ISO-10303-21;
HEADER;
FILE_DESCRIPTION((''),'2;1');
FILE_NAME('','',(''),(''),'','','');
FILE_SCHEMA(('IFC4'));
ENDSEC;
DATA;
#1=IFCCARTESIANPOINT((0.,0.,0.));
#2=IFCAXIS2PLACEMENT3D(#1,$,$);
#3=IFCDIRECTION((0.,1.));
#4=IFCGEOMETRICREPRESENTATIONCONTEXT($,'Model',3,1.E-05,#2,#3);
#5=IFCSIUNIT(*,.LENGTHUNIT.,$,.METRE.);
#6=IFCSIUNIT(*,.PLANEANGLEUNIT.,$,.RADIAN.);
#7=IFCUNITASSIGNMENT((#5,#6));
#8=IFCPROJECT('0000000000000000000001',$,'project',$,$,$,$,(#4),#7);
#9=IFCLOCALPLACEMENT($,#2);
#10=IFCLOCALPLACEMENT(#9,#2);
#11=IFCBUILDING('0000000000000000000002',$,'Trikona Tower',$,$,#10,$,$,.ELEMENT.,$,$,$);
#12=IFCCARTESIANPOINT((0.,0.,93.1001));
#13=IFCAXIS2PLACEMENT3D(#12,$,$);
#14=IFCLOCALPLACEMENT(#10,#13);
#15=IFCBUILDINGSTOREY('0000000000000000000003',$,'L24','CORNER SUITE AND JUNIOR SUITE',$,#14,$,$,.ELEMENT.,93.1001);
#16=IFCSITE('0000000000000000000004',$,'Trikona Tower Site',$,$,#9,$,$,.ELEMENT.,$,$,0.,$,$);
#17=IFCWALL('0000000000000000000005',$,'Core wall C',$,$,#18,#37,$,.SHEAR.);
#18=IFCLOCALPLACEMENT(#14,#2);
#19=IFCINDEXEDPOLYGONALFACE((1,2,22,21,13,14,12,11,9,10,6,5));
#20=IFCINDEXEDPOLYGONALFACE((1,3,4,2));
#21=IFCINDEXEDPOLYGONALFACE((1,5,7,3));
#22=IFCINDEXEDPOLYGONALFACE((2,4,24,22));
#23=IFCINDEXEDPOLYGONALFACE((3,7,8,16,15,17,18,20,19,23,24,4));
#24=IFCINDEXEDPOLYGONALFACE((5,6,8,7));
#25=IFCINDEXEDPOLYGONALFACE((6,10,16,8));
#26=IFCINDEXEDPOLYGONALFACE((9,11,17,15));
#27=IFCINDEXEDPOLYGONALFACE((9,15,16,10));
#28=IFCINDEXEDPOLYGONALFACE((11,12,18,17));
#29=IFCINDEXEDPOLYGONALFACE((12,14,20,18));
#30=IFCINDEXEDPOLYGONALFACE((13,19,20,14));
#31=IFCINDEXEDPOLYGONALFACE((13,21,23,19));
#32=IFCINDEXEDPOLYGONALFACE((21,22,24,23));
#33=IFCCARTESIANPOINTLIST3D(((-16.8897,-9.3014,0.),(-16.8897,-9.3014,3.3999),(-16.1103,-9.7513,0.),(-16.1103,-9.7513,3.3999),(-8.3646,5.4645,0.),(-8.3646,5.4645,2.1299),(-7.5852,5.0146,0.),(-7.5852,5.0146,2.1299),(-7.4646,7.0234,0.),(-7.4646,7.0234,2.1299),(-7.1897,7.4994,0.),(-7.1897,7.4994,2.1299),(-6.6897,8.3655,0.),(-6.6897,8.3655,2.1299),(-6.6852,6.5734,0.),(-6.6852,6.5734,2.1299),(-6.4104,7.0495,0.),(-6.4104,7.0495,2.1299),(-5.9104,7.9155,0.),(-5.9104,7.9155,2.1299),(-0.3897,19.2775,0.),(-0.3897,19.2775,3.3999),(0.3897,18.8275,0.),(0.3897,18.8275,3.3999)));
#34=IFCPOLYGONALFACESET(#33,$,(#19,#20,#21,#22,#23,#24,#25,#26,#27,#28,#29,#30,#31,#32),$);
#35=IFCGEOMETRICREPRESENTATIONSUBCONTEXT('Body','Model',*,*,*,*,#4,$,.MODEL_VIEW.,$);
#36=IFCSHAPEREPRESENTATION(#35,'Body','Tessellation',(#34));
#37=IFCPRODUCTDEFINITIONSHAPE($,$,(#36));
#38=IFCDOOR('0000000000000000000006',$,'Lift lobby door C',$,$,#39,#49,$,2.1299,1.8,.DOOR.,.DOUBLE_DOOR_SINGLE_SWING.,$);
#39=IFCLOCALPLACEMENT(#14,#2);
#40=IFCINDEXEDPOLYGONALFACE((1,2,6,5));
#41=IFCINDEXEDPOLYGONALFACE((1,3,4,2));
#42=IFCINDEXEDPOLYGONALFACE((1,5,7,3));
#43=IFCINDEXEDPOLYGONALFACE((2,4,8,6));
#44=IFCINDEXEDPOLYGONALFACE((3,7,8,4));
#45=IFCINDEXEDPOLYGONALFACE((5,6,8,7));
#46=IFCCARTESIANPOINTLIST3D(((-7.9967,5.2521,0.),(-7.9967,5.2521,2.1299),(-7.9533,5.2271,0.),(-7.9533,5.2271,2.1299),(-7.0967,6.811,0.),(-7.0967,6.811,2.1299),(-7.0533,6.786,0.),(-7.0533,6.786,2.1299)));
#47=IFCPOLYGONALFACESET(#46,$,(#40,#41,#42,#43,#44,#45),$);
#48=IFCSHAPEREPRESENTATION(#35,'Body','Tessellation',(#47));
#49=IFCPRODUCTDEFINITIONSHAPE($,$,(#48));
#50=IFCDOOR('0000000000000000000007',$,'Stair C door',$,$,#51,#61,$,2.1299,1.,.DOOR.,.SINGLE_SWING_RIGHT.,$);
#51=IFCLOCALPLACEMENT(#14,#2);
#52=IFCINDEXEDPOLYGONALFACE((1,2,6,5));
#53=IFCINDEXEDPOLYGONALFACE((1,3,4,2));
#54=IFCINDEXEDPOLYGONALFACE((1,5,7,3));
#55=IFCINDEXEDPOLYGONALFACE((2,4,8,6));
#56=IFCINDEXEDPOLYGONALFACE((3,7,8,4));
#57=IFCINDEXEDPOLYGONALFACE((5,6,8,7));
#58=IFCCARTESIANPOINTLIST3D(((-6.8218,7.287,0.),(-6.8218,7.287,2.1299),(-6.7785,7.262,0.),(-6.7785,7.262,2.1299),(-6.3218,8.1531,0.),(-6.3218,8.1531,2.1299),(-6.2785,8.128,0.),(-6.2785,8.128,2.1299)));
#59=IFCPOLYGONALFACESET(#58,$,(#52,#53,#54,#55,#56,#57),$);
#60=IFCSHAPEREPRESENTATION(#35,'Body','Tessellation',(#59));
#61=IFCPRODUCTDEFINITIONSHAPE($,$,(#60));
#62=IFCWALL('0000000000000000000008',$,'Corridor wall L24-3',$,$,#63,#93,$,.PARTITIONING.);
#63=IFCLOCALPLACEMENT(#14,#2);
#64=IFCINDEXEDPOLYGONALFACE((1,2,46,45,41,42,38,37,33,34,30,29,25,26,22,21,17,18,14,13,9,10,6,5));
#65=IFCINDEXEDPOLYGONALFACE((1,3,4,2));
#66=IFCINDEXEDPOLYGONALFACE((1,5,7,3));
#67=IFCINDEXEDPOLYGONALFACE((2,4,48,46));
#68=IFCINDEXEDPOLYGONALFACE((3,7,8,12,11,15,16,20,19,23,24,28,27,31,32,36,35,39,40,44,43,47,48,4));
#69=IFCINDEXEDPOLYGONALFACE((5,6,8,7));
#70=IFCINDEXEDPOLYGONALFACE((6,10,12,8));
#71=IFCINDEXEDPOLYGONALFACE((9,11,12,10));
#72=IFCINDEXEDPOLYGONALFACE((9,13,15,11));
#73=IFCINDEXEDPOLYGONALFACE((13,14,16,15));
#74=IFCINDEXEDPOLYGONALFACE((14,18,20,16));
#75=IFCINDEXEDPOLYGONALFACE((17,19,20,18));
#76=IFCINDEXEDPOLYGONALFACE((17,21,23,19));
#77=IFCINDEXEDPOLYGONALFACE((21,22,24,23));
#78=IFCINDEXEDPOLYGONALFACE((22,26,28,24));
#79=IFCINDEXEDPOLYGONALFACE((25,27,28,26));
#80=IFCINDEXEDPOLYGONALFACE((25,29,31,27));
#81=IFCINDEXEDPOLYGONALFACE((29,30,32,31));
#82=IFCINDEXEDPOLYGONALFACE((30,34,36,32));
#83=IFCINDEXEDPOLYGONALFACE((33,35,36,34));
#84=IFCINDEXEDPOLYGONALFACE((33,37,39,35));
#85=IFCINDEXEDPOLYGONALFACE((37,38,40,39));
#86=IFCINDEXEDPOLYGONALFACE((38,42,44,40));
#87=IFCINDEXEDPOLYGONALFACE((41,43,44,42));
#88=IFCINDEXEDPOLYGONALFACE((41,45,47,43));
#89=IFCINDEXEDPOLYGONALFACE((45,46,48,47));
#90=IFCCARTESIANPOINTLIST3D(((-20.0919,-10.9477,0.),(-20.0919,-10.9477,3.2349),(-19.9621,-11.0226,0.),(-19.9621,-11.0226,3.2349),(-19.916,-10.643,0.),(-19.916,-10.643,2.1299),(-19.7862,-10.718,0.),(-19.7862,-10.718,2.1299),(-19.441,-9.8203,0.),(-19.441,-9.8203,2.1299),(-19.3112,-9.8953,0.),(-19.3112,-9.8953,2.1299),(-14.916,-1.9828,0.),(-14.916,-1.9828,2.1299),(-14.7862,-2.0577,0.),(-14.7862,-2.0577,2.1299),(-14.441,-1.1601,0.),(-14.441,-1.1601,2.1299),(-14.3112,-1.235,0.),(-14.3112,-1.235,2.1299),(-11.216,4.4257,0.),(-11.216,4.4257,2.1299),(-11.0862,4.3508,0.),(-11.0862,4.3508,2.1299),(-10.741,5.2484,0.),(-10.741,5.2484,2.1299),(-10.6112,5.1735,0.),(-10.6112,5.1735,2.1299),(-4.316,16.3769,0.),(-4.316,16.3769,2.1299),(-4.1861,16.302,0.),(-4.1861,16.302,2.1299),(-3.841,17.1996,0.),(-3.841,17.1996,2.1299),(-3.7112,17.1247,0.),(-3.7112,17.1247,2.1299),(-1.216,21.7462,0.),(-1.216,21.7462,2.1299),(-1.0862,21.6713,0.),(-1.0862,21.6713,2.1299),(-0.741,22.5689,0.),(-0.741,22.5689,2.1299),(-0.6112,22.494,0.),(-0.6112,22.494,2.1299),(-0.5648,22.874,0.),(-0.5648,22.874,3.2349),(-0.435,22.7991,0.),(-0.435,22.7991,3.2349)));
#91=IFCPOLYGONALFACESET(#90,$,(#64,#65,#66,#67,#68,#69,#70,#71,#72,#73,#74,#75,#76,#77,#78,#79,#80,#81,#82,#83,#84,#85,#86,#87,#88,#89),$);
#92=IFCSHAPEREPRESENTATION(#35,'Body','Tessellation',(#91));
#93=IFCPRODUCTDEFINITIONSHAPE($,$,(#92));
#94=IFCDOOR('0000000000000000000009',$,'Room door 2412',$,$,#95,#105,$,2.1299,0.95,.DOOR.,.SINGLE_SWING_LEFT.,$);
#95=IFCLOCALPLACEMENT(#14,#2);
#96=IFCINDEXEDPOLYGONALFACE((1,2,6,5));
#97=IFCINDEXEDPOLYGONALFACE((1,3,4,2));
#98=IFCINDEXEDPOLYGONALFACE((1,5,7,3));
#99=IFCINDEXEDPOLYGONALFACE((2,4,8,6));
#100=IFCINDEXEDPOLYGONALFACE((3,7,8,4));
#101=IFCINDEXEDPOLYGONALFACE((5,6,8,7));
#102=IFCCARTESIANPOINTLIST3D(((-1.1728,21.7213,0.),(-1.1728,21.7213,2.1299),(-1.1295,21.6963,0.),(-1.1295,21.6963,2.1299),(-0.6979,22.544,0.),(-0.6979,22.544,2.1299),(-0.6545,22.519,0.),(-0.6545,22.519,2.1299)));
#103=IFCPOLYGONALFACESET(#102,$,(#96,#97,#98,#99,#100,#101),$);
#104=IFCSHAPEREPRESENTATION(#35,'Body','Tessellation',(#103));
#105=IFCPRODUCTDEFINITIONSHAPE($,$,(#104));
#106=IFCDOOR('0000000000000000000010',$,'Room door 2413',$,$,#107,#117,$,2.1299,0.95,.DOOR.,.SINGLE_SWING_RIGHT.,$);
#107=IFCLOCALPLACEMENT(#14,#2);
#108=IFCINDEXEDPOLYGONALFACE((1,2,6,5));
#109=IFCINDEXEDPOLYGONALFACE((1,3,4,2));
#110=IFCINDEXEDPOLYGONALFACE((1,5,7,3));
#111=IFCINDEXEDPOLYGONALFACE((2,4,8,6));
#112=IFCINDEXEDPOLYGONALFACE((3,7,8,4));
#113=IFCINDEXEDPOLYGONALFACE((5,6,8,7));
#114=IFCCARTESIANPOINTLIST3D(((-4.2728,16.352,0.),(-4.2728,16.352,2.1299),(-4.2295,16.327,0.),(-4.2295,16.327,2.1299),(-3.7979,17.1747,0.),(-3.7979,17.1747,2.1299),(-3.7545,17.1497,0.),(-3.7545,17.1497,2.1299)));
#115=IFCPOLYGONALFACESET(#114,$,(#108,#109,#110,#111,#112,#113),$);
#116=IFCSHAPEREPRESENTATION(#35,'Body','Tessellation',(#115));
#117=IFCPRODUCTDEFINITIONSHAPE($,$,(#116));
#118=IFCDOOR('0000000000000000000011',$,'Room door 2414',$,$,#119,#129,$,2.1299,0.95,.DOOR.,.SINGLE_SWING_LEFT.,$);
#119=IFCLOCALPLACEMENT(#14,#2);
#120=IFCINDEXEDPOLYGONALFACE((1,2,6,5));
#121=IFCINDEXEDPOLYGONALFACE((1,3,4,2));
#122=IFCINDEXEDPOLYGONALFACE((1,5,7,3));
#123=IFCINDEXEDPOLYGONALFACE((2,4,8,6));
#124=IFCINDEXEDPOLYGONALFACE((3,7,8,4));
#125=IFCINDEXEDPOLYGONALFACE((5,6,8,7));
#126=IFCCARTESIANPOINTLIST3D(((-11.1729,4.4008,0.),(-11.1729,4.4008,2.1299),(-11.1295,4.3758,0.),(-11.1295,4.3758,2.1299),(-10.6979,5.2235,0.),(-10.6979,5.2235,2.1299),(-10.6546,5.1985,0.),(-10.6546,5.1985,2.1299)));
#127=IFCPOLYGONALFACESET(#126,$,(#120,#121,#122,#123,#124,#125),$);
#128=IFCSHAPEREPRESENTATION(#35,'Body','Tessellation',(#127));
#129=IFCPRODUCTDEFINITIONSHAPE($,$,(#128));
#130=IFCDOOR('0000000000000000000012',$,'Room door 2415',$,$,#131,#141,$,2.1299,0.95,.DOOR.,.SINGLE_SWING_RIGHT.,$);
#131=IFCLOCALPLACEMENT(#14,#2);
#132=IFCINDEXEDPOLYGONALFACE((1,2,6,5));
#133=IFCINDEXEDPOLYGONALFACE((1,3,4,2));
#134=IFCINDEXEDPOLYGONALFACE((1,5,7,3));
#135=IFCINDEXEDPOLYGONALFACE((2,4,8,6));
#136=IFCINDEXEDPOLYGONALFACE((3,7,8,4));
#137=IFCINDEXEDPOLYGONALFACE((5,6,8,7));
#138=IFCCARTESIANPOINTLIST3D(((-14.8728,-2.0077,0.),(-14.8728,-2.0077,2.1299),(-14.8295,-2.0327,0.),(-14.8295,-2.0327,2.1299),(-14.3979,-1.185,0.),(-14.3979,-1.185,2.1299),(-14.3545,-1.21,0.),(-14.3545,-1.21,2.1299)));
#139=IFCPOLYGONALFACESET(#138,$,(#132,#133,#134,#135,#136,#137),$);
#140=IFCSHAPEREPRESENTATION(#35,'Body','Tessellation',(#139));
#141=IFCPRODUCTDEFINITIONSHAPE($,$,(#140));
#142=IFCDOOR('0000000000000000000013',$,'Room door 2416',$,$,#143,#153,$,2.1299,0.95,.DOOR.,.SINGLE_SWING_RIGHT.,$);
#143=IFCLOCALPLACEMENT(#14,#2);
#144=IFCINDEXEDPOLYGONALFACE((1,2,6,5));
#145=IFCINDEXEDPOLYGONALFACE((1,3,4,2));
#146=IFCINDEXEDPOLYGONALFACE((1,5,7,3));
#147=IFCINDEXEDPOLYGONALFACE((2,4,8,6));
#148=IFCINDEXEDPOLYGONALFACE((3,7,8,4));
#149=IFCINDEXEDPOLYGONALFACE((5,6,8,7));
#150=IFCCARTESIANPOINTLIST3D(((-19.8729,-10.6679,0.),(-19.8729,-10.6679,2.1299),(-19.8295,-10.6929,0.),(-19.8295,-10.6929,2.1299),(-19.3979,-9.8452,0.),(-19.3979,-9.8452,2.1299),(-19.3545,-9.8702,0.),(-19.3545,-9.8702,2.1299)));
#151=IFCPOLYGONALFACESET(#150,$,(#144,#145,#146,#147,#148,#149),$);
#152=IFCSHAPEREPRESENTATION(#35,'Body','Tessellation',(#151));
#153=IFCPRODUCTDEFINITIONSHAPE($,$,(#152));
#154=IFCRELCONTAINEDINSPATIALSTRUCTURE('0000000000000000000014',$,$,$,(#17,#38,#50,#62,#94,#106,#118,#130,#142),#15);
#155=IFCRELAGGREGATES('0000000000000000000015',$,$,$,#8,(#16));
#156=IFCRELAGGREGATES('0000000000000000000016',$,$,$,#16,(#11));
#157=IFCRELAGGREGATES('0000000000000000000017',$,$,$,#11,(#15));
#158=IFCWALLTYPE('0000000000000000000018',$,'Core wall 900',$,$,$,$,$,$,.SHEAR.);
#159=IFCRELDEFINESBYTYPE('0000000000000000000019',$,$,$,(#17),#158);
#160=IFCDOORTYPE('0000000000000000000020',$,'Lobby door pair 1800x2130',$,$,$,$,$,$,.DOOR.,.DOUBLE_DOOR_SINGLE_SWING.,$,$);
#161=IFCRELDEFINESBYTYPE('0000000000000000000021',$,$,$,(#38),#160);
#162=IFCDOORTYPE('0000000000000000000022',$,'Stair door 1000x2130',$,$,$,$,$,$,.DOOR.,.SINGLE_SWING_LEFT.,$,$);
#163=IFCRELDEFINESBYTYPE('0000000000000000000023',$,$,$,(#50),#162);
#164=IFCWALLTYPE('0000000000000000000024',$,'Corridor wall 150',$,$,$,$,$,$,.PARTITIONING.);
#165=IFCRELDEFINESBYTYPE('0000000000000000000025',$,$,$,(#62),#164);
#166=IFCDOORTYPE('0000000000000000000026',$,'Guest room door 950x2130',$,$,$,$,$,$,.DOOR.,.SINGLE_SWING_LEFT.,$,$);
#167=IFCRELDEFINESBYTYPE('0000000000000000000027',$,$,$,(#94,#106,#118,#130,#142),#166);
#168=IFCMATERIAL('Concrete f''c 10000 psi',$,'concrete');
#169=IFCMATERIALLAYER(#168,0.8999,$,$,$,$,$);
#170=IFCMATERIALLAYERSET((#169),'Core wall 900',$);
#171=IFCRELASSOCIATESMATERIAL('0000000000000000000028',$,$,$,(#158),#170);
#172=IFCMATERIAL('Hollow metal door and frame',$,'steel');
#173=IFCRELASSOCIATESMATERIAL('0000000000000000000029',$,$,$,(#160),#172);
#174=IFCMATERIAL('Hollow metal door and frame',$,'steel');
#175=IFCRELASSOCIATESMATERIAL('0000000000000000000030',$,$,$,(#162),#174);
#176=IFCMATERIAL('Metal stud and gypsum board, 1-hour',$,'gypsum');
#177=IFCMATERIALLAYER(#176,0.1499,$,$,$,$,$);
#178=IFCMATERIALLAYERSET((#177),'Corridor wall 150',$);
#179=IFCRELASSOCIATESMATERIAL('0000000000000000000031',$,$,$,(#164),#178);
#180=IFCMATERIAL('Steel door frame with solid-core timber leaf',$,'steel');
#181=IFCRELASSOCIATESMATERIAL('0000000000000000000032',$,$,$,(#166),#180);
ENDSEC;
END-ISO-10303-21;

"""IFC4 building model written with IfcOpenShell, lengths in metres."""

from ifc_helpers import new_model, si_unit, direction, frame, frame_2d, origin, place, context, subcontext, project, spatial, rectangle, extrude, material, layer, layer_set, type_object, element, fill, save


model = new_model("IFC4")

# Units and contexts
model_context = context("Model", 3, precision=1e-05, world=origin(), true_north=direction((0.0, 1.0)))
body_context = subcontext(model_context, "Body", "Model", "MODEL_VIEW")
ifc_project = project(units=[si_unit("LENGTHUNIT", "METRE"), si_unit("PLANEANGLEUNIT", "RADIAN")], contexts=[model_context])

# Site, building, storey
site_placement = place(None, origin())
site = spatial("IfcSite", under=ifc_project, at=site_placement, Name="Trikona Tower Site", CompositionType="ELEMENT", RefElevation=0.0)
building_placement = place(site_placement, origin())
building = spatial("IfcBuilding", under=site, at=building_placement, Name="Trikona Tower", CompositionType="ELEMENT")
storey_placement = place(building_placement, frame((0.0, 0.0, 93.1001)))
storey = spatial("IfcBuildingStorey", under=building, at=storey_placement, Name="L24", Description="CORNER SUITE AND JUNIOR SUITE", CompositionType="ELEMENT", Elevation=93.1001)

# Walls, openings, doors
ifc_material_1 = material(Name="Concrete f'c 10000 psi", Category="concrete")
ifc_layer_1 = layer(ifc_material_1, 0.8999)
ifc_layer_set_1 = layer_set([ifc_layer_1], Name="Core wall 900")
wall_type_1 = type_object("IfcWallType", Name="Core wall 900", PredefinedType="SHEAR", material=ifc_layer_set_1)
wall_1_placement = place(storey_placement, frame((0.0, 19.0525, 0.0), z_axis=(0.0, 0.0, 1.0), x_axis=(-0.5, -0.866026, 0.0)))
wall_1 = element("IfcWall", 1, at=wall_1_placement, inside=storey, type_object=wall_type_1, Name="Core wall C", PredefinedType="SHEAR", context=body_context, shape_type="SweptSolid", body=[
    extrude(rectangle(XDim=33.0, YDim=0.8999, at=frame_2d((16.5, 0.0))), origin(), (0.0, 0.0, 1.0), 3.3999),
])
opening_1_placement = place(wall_1_placement, frame((14.1499, 0.0, 0.0)))
opening_1 = element("IfcOpeningElement", 2, at=opening_1_placement, cuts=wall_1, PredefinedType="OPENING", context=body_context, shape_type="SweptSolid", body=[
    extrude(rectangle(XDim=1.8, YDim=2.1299, at=frame_2d((0.8999, 1.0649))), frame((0.0, 0.46, 0.0), z_axis=(0.0, -1.0, 0.0), x_axis=(1.0, 0.0, 0.0)), (0.0, 0.0, 1.0), 0.9199),
])
opening_2_placement = place(wall_1_placement, frame((12.6001, 0.0, 0.0)))
opening_2 = element("IfcOpeningElement", 3, at=opening_2_placement, cuts=wall_1, PredefinedType="OPENING", context=body_context, shape_type="SweptSolid", body=[
    extrude(rectangle(XDim=1.0, YDim=2.1299, at=frame_2d((0.5, 1.0649))), frame((0.0, 0.46, 0.0), z_axis=(0.0, -1.0, 0.0), x_axis=(1.0, 0.0, 0.0)), (0.0, 0.0, 1.0), 0.9199),
])
ifc_material_2 = material(Name="Hollow metal door and frame", Category="steel")
door_type_1 = type_object("IfcDoorType", Name="Lobby door pair 1800x2130", OperationType="DOUBLE_DOOR_SINGLE_SWING", PredefinedType="DOOR", material=ifc_material_2)
door_1_placement = place(opening_1_placement, origin())
door_1 = element("IfcDoor", 4, at=door_1_placement, inside=storey, type_object=door_type_1, Name="Lift lobby door C", OperationType="DOUBLE_DOOR_SINGLE_SWING", OverallHeight=2.1299, OverallWidth=1.8, PredefinedType="DOOR", context=body_context, shape_type="SweptSolid", body=[
    extrude(rectangle(XDim=1.8, YDim=2.1299, at=frame_2d((0.8999, 1.0649))), frame((0.0, 0.0249, 0.0), z_axis=(0.0, -1.0, 0.0), x_axis=(1.0, 0.0, 0.0)), (0.0, 0.0, 1.0), 0.05),
])
fill(opening_1, door_1)
ifc_material_3 = material(Name="Hollow metal door and frame", Category="steel")
door_type_2 = type_object("IfcDoorType", Name="Stair door 1000x2130", OperationType="SINGLE_SWING_LEFT", PredefinedType="DOOR", material=ifc_material_3)
door_2_placement = place(opening_2_placement, origin())
door_2 = element("IfcDoor", 5, at=door_2_placement, inside=storey, type_object=door_type_2, Name="Stair C door", OperationType="SINGLE_SWING_RIGHT", OverallHeight=2.1299, OverallWidth=1.0, PredefinedType="DOOR", context=body_context, shape_type="SweptSolid", body=[
    extrude(rectangle(XDim=1.0, YDim=2.1299, at=frame_2d((0.5, 1.0649))), frame((0.0, 0.0249, 0.0), z_axis=(0.0, -1.0, 0.0), x_axis=(1.0, 0.0, 0.0)), (0.0, 0.0, 1.0), 0.05),
])
fill(opening_2, door_2)
ifc_material_4 = material(Name="Metal stud and gypsum board, 1-hour", Category="gypsum")
ifc_layer_2 = layer(ifc_material_4, 0.1499)
ifc_layer_set_2 = layer_set([ifc_layer_2], Name="Corridor wall 150")
wall_type_2 = type_object("IfcWallType", Name="Corridor wall 150", PredefinedType="PARTITIONING", material=ifc_layer_set_2)
wall_2_placement = place(storey_placement, frame((-0.5, 22.8364, 0.0), z_axis=(0.0, 0.0, 1.0), x_axis=(-0.500002, -0.866024, 0.0)))
wall_2 = element("IfcWall", 6, at=wall_2_placement, inside=storey, type_object=wall_type_2, Name="Corridor wall L24-3", PredefinedType="PARTITIONING", context=body_context, shape_type="SweptSolid", body=[
    extrude(rectangle(XDim=39.054, YDim=0.1499, at=frame_2d((19.5269, 0.0))), origin(), (0.0, 0.0, 1.0), 3.2349),
])
opening_3_placement = place(wall_2_placement, frame((0.3521, 0.0, 0.0)))
opening_3 = element("IfcOpeningElement", 7, at=opening_3_placement, cuts=wall_2, PredefinedType="OPENING", context=body_context, shape_type="SweptSolid", body=[
    extrude(rectangle(XDim=0.95, YDim=2.1299, at=frame_2d((0.4751, 1.0649))), frame((0.0, 0.085, 0.0), z_axis=(0.0, -1.0, 0.0), x_axis=(1.0, 0.0, 0.0)), (0.0, 0.0, 1.0), 0.1699),
])
opening_4_placement = place(wall_2_placement, frame((6.552, 0.0, 0.0)))
opening_4 = element("IfcOpeningElement", 8, at=opening_4_placement, cuts=wall_2, PredefinedType="OPENING", context=body_context, shape_type="SweptSolid", body=[
    extrude(rectangle(XDim=0.95, YDim=2.1299, at=frame_2d((0.4751, 1.0649))), frame((0.0, 0.085, 0.0), z_axis=(0.0, -1.0, 0.0), x_axis=(1.0, 0.0, 0.0)), (0.0, 0.0, 1.0), 0.1699),
])
opening_5_placement = place(wall_2_placement, frame((20.3521, 0.0, 0.0)))
opening_5 = element("IfcOpeningElement", 9, at=opening_5_placement, cuts=wall_2, PredefinedType="OPENING", context=body_context, shape_type="SweptSolid", body=[
    extrude(rectangle(XDim=0.95, YDim=2.1299, at=frame_2d((0.4751, 1.0649))), frame((0.0, 0.085, 0.0), z_axis=(0.0, -1.0, 0.0), x_axis=(1.0, 0.0, 0.0)), (0.0, 0.0, 1.0), 0.1699),
])
opening_6_placement = place(wall_2_placement, frame((27.752, 0.0, 0.0)))
opening_6 = element("IfcOpeningElement", 10, at=opening_6_placement, cuts=wall_2, PredefinedType="OPENING", context=body_context, shape_type="SweptSolid", body=[
    extrude(rectangle(XDim=0.95, YDim=2.1299, at=frame_2d((0.4751, 1.0649))), frame((0.0, 0.085, 0.0), z_axis=(0.0, -1.0, 0.0), x_axis=(1.0, 0.0, 0.0)), (0.0, 0.0, 1.0), 0.1699),
])
opening_7_placement = place(wall_2_placement, frame((37.752, 0.0, 0.0)))
opening_7 = element("IfcOpeningElement", 11, at=opening_7_placement, cuts=wall_2, PredefinedType="OPENING", context=body_context, shape_type="SweptSolid", body=[
    extrude(rectangle(XDim=0.95, YDim=2.1299, at=frame_2d((0.4751, 1.0649))), frame((0.0, 0.085, 0.0), z_axis=(0.0, -1.0, 0.0), x_axis=(1.0, 0.0, 0.0)), (0.0, 0.0, 1.0), 0.1699),
])
ifc_material_5 = material(Name="Steel door frame with solid-core timber leaf", Category="steel")
door_type_3 = type_object("IfcDoorType", Name="Guest room door 950x2130", OperationType="SINGLE_SWING_LEFT", PredefinedType="DOOR", material=ifc_material_5)
door_3_placement = place(opening_3_placement, origin())
door_3 = element("IfcDoor", 12, at=door_3_placement, inside=storey, type_object=door_type_3, Name="Room door 2412", OperationType="SINGLE_SWING_LEFT", OverallHeight=2.1299, OverallWidth=0.95, PredefinedType="DOOR", context=body_context, shape_type="SweptSolid", body=[
    extrude(rectangle(XDim=0.95, YDim=2.1299, at=frame_2d((0.4751, 1.0649))), frame((0.0, 0.0249, 0.0), z_axis=(0.0, -1.0, 0.0), x_axis=(1.0, 0.0, 0.0)), (0.0, 0.0, 1.0), 0.05),
])
fill(opening_3, door_3)
door_4_placement = place(opening_4_placement, origin())
door_4 = element("IfcDoor", 13, at=door_4_placement, inside=storey, type_object=door_type_3, Name="Room door 2413", OperationType="SINGLE_SWING_RIGHT", OverallHeight=2.1299, OverallWidth=0.95, PredefinedType="DOOR", context=body_context, shape_type="SweptSolid", body=[
    extrude(rectangle(XDim=0.95, YDim=2.1299, at=frame_2d((0.4751, 1.0649))), frame((0.0, 0.0249, 0.0), z_axis=(0.0, -1.0, 0.0), x_axis=(1.0, 0.0, 0.0)), (0.0, 0.0, 1.0), 0.05),
])
fill(opening_4, door_4)
door_5_placement = place(opening_5_placement, origin())
door_5 = element("IfcDoor", 14, at=door_5_placement, inside=storey, type_object=door_type_3, Name="Room door 2414", OperationType="SINGLE_SWING_LEFT", OverallHeight=2.1299, OverallWidth=0.95, PredefinedType="DOOR", context=body_context, shape_type="SweptSolid", body=[
    extrude(rectangle(XDim=0.95, YDim=2.1299, at=frame_2d((0.4751, 1.0649))), frame((0.0, 0.0249, 0.0), z_axis=(0.0, -1.0, 0.0), x_axis=(1.0, 0.0, 0.0)), (0.0, 0.0, 1.0), 0.05),
])
fill(opening_5, door_5)
door_6_placement = place(opening_6_placement, origin())
door_6 = element("IfcDoor", 15, at=door_6_placement, inside=storey, type_object=door_type_3, Name="Room door 2415", OperationType="SINGLE_SWING_RIGHT", OverallHeight=2.1299, OverallWidth=0.95, PredefinedType="DOOR", context=body_context, shape_type="SweptSolid", body=[
    extrude(rectangle(XDim=0.95, YDim=2.1299, at=frame_2d((0.4751, 1.0649))), frame((0.0, 0.0249, 0.0), z_axis=(0.0, -1.0, 0.0), x_axis=(1.0, 0.0, 0.0)), (0.0, 0.0, 1.0), 0.05),
])
fill(opening_6, door_6)
door_7_placement = place(opening_7_placement, origin())
door_7 = element("IfcDoor", 16, at=door_7_placement, inside=storey, type_object=door_type_3, Name="Room door 2416", OperationType="SINGLE_SWING_RIGHT", OverallHeight=2.1299, OverallWidth=0.95, PredefinedType="DOOR", context=body_context, shape_type="SweptSolid", body=[
    extrude(rectangle(XDim=0.95, YDim=2.1299, at=frame_2d((0.4751, 1.0649))), frame((0.0, 0.0249, 0.0), z_axis=(0.0, -1.0, 0.0), x_axis=(1.0, 0.0, 0.0)), (0.0, 0.0, 1.0), 0.05),
])
fill(opening_7, door_7)

save(model, "model.ifc")
